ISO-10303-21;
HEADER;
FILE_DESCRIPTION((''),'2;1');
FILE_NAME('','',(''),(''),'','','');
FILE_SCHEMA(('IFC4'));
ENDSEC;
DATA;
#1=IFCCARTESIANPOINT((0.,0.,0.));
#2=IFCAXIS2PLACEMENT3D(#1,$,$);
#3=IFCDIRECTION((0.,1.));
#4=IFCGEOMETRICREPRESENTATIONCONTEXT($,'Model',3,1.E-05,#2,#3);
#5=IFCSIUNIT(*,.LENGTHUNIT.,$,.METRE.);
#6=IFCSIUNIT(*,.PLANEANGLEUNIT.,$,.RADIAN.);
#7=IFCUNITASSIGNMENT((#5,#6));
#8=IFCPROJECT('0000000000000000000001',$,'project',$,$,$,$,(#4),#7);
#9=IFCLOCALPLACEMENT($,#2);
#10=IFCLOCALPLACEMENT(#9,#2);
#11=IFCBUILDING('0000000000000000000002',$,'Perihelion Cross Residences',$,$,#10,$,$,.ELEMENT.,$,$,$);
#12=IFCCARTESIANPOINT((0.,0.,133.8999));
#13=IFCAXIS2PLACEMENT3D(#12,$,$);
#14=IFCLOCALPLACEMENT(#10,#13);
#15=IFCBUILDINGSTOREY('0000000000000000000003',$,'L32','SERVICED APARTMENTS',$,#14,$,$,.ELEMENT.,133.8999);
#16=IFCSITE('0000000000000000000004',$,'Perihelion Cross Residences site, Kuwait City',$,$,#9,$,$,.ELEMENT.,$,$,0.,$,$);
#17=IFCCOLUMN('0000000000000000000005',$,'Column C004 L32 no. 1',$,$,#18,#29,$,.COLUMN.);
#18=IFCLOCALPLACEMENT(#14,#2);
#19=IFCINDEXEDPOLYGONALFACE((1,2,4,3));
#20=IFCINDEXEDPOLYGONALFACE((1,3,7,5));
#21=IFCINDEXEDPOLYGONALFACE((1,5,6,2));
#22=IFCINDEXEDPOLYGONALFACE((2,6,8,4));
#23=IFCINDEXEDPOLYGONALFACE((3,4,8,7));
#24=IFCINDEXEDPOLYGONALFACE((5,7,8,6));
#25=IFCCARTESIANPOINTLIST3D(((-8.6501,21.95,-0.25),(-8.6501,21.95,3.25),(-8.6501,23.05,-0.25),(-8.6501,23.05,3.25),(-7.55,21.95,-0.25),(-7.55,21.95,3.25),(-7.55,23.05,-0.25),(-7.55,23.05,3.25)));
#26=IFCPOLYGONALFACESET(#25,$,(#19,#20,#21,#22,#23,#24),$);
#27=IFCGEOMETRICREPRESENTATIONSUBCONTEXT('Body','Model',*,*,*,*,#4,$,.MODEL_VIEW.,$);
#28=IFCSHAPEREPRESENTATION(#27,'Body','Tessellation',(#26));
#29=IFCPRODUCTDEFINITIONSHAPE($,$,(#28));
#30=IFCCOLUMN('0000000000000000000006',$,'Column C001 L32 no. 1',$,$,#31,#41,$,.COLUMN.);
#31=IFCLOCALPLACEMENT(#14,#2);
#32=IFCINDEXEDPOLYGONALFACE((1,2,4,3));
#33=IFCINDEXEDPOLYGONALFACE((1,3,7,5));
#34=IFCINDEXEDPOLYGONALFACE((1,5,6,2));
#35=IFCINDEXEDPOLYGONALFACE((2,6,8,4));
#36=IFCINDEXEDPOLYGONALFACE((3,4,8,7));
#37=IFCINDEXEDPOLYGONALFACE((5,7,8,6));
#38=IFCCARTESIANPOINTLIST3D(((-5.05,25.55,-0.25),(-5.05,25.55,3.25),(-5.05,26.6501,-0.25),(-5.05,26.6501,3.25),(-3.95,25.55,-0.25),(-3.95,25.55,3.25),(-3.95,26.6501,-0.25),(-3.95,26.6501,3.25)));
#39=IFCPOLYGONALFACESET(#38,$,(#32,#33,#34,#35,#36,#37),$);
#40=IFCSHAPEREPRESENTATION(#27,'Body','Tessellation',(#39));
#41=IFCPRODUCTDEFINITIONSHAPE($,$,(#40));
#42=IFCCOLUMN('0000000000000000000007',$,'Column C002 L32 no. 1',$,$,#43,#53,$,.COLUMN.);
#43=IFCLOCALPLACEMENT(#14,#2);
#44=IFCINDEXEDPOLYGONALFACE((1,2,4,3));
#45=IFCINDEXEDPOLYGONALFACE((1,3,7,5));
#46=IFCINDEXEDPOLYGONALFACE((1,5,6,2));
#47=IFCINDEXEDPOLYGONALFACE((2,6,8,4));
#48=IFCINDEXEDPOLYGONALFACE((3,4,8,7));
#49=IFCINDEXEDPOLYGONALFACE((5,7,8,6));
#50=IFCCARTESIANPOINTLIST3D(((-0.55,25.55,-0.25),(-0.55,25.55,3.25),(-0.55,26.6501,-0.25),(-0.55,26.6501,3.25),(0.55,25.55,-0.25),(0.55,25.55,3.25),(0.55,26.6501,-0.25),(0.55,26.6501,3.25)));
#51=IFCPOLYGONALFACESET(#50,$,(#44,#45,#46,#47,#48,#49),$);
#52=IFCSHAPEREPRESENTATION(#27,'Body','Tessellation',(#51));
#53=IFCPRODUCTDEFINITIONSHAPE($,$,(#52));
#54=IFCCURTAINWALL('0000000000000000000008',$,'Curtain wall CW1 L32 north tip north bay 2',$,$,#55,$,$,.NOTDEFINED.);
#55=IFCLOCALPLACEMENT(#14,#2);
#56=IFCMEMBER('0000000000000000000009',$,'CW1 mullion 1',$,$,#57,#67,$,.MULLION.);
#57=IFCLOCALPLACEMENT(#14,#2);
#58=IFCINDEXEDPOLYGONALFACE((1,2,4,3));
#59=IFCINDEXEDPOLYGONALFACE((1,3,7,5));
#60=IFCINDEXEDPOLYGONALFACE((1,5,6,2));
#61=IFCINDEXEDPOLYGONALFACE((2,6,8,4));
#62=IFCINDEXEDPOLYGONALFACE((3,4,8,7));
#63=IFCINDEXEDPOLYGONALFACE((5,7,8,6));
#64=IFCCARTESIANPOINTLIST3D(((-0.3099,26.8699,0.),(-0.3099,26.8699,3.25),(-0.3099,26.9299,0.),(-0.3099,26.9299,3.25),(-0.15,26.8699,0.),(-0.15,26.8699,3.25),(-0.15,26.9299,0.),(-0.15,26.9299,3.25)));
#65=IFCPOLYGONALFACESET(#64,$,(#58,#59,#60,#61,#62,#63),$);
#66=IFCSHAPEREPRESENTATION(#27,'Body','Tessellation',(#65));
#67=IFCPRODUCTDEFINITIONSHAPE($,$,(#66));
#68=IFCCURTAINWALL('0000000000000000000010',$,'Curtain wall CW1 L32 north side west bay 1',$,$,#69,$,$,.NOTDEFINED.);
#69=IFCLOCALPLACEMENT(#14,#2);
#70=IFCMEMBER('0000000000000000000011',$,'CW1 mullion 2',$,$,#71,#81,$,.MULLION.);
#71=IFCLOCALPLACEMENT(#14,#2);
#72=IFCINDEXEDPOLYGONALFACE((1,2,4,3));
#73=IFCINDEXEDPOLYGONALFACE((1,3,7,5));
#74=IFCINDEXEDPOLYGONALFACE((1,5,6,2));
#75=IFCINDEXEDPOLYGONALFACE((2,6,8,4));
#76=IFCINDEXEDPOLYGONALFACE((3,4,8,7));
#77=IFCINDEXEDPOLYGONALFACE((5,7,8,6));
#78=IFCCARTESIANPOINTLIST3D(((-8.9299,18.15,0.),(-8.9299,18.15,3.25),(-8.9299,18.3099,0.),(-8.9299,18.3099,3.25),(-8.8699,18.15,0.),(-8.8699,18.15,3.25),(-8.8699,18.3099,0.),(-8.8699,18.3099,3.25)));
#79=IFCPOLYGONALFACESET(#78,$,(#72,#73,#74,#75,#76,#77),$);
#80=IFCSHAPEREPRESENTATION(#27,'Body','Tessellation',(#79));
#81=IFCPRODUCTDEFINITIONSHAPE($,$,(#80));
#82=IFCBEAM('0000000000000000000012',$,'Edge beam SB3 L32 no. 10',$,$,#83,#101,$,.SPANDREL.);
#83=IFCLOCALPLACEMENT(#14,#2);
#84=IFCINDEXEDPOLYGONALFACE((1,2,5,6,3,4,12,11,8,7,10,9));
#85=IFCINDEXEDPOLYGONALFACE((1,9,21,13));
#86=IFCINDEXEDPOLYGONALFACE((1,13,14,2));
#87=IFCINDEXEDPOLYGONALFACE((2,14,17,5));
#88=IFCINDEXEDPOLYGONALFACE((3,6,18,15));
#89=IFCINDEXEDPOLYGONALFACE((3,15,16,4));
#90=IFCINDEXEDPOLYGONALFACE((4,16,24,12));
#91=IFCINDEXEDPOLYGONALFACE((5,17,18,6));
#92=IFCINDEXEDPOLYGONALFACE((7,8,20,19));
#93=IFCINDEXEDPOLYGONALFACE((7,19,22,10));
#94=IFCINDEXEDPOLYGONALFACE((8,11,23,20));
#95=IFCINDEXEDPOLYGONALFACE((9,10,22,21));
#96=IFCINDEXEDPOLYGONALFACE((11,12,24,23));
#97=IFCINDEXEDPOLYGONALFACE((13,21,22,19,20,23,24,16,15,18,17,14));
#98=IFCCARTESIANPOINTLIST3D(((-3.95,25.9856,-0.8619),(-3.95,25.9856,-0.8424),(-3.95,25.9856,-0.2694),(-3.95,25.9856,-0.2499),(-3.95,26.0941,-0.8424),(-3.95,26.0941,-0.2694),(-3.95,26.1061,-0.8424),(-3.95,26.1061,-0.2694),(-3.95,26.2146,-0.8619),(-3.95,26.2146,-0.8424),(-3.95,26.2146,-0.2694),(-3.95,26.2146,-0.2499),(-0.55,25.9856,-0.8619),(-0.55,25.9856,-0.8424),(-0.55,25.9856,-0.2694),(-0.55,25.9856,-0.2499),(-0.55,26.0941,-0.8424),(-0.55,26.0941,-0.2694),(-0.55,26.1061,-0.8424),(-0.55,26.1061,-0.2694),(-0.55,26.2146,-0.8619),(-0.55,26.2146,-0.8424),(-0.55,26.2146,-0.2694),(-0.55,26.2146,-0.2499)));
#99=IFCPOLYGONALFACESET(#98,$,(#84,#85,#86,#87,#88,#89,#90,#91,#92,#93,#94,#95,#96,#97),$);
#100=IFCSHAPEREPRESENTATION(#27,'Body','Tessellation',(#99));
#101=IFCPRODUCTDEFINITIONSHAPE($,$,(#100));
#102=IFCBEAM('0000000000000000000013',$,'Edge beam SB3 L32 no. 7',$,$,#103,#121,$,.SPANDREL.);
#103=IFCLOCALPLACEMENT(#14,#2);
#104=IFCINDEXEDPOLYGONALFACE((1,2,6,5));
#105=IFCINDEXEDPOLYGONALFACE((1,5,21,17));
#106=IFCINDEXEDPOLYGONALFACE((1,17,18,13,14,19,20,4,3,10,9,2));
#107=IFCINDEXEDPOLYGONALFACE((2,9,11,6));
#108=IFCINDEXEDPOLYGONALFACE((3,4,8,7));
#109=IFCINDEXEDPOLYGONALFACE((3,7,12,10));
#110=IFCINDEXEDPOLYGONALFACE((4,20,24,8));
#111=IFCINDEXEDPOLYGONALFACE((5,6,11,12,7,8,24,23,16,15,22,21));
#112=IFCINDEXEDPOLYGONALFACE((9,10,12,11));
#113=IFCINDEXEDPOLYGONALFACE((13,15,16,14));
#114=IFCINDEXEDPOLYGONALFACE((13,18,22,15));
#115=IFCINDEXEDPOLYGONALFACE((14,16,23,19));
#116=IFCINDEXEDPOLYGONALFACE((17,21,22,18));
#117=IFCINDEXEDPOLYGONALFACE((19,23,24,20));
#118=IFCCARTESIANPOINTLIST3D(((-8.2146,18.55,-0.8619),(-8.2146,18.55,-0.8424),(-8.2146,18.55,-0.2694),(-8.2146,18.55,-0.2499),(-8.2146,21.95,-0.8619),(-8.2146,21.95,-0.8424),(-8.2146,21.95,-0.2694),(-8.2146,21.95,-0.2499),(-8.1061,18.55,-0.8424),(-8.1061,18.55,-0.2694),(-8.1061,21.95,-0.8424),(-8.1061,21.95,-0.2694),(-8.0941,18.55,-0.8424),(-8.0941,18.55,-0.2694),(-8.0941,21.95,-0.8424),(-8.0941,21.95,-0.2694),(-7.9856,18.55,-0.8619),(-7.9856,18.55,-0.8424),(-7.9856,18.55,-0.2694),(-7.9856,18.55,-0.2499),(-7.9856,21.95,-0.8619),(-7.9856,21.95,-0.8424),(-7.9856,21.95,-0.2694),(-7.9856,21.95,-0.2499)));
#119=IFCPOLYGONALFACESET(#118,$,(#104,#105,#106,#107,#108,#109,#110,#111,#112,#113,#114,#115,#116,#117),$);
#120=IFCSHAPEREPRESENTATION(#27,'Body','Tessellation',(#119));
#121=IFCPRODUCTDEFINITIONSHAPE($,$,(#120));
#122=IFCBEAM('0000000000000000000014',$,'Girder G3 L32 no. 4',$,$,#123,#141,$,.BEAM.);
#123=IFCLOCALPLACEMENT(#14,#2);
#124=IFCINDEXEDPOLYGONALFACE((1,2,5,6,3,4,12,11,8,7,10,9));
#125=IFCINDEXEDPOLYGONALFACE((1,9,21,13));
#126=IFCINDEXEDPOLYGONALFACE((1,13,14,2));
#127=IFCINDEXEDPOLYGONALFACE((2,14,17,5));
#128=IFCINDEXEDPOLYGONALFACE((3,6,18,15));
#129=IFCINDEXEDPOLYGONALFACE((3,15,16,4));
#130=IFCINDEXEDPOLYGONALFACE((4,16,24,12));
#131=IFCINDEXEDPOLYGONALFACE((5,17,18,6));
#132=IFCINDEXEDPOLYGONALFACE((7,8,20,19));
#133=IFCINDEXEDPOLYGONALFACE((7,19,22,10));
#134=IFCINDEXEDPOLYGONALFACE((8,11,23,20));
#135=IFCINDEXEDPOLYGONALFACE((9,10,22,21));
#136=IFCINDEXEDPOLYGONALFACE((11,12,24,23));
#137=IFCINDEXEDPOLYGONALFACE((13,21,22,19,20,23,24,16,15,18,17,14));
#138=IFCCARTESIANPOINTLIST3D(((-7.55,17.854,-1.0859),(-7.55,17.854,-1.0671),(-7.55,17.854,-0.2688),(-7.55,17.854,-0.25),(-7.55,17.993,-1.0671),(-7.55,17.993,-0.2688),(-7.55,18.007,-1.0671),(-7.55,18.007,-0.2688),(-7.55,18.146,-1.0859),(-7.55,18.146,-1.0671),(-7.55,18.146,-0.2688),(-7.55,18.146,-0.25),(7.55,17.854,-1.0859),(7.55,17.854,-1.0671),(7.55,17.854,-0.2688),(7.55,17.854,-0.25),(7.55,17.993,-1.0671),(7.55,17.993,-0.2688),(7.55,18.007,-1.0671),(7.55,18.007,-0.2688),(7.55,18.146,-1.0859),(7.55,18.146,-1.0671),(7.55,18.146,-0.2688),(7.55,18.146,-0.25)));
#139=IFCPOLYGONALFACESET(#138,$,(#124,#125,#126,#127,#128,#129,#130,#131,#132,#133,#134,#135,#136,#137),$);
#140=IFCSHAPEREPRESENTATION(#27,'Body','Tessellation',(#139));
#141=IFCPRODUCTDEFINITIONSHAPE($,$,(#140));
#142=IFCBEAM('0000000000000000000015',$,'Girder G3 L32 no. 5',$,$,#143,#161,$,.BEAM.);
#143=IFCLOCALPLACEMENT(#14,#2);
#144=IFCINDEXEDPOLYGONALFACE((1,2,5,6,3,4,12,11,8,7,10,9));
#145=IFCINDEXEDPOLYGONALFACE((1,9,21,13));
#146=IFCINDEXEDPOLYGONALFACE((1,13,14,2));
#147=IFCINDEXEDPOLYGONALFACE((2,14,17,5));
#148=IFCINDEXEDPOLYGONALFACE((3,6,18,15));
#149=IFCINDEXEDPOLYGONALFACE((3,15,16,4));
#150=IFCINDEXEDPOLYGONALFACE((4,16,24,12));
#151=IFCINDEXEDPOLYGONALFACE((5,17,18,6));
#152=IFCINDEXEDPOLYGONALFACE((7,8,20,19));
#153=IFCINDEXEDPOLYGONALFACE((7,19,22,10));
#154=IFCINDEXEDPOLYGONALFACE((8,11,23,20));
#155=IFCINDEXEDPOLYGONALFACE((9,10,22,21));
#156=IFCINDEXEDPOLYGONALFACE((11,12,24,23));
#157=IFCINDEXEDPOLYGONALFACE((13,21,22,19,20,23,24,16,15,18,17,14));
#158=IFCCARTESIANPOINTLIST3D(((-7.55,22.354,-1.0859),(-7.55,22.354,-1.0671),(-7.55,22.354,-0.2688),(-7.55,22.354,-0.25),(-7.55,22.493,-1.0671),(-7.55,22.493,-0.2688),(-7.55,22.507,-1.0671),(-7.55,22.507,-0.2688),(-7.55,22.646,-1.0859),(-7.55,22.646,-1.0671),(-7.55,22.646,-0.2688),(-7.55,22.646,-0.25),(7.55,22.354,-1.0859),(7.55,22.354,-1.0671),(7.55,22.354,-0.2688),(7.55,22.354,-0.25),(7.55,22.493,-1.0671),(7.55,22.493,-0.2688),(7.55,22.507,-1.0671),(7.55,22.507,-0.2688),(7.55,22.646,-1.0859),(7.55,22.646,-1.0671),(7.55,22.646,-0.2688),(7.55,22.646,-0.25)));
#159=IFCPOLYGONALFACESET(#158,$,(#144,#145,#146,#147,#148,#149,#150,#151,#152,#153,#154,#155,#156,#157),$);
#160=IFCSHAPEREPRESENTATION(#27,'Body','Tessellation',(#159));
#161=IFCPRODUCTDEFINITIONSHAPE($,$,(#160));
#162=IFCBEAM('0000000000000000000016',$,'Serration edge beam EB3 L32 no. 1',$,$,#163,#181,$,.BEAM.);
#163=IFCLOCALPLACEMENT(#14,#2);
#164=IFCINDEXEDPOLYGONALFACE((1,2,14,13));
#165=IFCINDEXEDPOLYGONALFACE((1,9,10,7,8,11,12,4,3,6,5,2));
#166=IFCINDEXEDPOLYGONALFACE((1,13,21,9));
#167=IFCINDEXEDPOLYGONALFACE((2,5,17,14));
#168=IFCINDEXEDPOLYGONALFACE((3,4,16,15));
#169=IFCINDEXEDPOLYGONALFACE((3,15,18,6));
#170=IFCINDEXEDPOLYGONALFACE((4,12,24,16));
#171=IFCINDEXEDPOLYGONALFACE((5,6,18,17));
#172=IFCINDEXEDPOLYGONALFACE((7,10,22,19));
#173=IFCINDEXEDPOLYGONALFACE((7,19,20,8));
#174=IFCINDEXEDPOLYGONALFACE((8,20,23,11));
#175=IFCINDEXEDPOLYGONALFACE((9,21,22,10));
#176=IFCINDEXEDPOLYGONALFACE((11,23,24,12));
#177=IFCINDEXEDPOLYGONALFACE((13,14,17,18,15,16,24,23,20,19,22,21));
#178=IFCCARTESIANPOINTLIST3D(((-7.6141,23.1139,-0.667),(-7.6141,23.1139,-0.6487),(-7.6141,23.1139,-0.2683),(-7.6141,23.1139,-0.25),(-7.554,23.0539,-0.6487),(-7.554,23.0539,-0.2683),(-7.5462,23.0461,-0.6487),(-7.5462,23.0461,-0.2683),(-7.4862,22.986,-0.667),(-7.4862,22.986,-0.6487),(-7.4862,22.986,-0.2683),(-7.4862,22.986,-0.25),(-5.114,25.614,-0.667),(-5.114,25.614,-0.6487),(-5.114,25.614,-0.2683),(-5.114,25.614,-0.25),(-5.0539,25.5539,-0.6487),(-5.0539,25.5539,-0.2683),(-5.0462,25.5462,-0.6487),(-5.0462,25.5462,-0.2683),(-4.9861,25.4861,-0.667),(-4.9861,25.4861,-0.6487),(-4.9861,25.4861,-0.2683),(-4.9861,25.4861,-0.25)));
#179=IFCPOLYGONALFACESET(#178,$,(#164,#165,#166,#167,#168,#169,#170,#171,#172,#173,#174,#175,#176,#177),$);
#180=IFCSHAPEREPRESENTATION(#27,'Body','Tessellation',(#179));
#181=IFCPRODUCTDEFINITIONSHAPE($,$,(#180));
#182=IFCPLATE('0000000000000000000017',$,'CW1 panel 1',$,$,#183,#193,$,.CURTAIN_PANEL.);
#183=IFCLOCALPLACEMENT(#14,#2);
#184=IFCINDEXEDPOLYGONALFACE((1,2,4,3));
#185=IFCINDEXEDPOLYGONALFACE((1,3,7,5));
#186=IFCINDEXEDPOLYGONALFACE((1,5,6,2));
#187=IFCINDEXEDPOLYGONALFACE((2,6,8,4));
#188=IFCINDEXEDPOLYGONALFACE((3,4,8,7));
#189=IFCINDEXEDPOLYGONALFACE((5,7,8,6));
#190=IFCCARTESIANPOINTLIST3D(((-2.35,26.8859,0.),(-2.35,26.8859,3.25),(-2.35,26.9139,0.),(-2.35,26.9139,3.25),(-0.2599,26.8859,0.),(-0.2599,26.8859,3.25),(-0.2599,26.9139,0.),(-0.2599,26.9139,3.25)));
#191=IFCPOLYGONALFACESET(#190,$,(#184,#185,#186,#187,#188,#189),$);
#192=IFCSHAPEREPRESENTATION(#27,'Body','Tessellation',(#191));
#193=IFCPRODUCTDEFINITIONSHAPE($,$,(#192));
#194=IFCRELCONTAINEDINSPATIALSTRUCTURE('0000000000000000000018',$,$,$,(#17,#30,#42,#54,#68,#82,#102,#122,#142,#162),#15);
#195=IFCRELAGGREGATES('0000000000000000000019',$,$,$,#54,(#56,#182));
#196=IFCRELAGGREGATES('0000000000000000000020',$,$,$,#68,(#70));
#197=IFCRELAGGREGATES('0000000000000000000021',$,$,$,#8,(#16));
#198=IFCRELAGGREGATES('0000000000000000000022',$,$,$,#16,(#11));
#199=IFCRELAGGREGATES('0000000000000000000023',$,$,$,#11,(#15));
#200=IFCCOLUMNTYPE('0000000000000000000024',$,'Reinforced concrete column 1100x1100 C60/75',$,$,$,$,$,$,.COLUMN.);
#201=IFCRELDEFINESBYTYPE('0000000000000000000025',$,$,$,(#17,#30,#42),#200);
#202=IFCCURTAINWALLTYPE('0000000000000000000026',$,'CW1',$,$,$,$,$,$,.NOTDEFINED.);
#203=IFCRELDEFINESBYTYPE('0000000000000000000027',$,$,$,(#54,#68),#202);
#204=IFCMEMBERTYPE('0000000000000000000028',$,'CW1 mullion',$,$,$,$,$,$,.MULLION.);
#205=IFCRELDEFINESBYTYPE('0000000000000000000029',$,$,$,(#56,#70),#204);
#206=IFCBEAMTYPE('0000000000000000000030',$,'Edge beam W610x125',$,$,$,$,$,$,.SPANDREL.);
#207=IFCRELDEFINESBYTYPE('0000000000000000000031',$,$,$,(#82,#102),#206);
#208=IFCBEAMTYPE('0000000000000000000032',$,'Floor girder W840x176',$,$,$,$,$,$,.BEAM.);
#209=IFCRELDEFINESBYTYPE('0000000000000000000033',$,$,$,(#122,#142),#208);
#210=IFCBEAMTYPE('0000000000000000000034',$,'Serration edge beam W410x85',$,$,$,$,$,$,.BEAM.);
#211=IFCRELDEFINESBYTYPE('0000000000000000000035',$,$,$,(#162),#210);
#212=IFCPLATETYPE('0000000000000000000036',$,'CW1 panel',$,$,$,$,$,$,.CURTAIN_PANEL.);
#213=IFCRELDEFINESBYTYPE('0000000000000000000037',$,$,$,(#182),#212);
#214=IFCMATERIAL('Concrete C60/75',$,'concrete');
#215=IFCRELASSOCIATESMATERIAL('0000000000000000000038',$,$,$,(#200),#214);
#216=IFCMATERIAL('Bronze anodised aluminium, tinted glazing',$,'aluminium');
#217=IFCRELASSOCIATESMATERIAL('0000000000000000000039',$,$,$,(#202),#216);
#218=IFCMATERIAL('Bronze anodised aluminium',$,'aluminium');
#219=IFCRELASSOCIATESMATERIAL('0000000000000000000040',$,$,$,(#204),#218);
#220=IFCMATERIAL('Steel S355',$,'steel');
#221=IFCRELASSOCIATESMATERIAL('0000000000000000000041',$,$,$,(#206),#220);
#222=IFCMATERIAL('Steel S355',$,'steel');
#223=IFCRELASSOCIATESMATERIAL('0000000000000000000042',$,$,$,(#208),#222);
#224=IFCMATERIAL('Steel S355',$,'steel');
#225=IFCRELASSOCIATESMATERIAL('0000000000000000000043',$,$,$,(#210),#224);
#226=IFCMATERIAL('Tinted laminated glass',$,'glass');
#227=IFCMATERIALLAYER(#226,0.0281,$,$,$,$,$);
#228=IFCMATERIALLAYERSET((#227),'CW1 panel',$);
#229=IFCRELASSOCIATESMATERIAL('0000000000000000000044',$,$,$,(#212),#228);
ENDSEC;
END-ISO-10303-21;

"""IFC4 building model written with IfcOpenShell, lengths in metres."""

from ifc_helpers import new_model, si_unit, direction, frame, origin, origin_2d, place, context, subcontext, project, spatial, rectangle, i_section, extrude, material, layer, layer_set, material_profile, profile_set, type_object, element, aggregate, save


model = new_model("IFC4")

# Units and contexts
model_context = context("Model", 3, precision=1e-05, world=origin(), true_north=direction((0.0, 1.0)))
body_context = subcontext(model_context, "Body", "Model", "MODEL_VIEW")
ifc_project = project(units=[si_unit("LENGTHUNIT", "METRE"), si_unit("PLANEANGLEUNIT", "RADIAN")], contexts=[model_context])

# Site, building, storey
site_placement = place(None, origin())
site = spatial("IfcSite", under=ifc_project, at=site_placement, Name="Perihelion Cross Residences site, Kuwait City", CompositionType="ELEMENT", RefElevation=0.0)
building_placement = place(site_placement, origin())
building = spatial("IfcBuilding", under=site, at=building_placement, Name="Perihelion Cross Residences", CompositionType="ELEMENT")
storey_placement = place(building_placement, frame((0.0, 0.0, 133.8999)))
storey = spatial("IfcBuildingStorey", under=building, at=storey_placement, Name="L32", Description="SERVICED APARTMENTS", CompositionType="ELEMENT", Elevation=133.8999)

# Columns
ifc_material_1 = material(Name="Concrete C60/75", Category="concrete")
ifc_material_profile_1 = material_profile(ifc_material_1, rectangle(XDim=1.1001, YDim=1.1001, at=origin_2d()), Name="RC 1100x1100")
ifc_profile_set_1 = profile_set([ifc_material_profile_1], Name="Concrete C60/75")
column_type = type_object("IfcColumnType", Name="Reinforced concrete column 1100x1100 C60/75", PredefinedType="COLUMN", material=ifc_profile_set_1)
for number, where, z_axis, x_axis, name in (
    (1, (-8.1001, 22.5, -0.25), (0.0, 0.0, 1.0), (1.0, 0.0, 0.0), "Column C004 L32 no. 1"),
    (2, (-4.5, 26.1001, -0.25), (0.0, 0.0, 1.0), (1.0, 0.0, 0.0), "Column C001 L32 no. 1"),
    (3, (0.0, 26.1001, -0.25), (0.0, 0.0, 1.0), (1.0, 0.0, 0.0), "Column C002 L32 no. 1"),
):
    element("IfcColumn", number, at=place(storey_placement, frame(where, z_axis=z_axis, x_axis=x_axis)), inside=storey, type_object=column_type, Name=name, PredefinedType="COLUMN", context=body_context, shape_type="SweptSolid", body=[
        extrude(rectangle(XDim=1.1001, YDim=1.1001, at=origin_2d()), origin(), (0.0, 0.0, 1.0), 3.5),
    ])

# Curtain walls, members
ifc_material_2 = material(Name="Bronze anodised aluminium, tinted glazing", Category="aluminium")
curtain_wall_type = type_object("IfcCurtainWallType", Name="CW1", PredefinedType="NOTDEFINED", material=ifc_material_2)
curtain_wall_1_placement = place(storey_placement, origin())
curtain_wall_1 = element("IfcCurtainWall", 4, at=curtain_wall_1_placement, inside=storey, type_object=curtain_wall_type, Name="Curtain wall CW1 L32 north tip north bay 2", PredefinedType="NOTDEFINED")
ifc_material_3 = material(Name="Bronze anodised aluminium", Category="aluminium")
ifc_material_profile_2 = material_profile(ifc_material_3, rectangle(XDim=0.0601, YDim=0.1599, at=origin_2d()), Name="CW1 mullion")
ifc_profile_set_2 = profile_set([ifc_material_profile_2], Name="Bronze anodised aluminium")
member_type = type_object("IfcMemberType", Name="CW1 mullion", PredefinedType="MULLION", material=ifc_profile_set_2)
member_1_placement = place(storey_placement, frame((-0.23, 26.8999, 0.0), z_axis=(0.0, 0.0, 1.0), x_axis=(0.0, -1.0, 0.0)))
member_1 = element("IfcMember", 5, at=member_1_placement, type_object=member_type, Name="CW1 mullion 1", PredefinedType="MULLION", context=body_context, shape_type="SweptSolid", body=[
    extrude(rectangle(XDim=0.0601, YDim=0.1599, at=origin_2d()), origin(), (0.0, 0.0, 1.0), 3.25),
])
curtain_wall_2_placement = place(storey_placement, origin())
curtain_wall_2 = element("IfcCurtainWall", 6, at=curtain_wall_2_placement, inside=storey, type_object=curtain_wall_type, Name="Curtain wall CW1 L32 north side west bay 1", PredefinedType="NOTDEFINED")
member_2_placement = place(storey_placement, frame((-8.8999, 18.23, 0.0), z_axis=(0.0, 0.0, 1.0), x_axis=(1.0, 0.0, 0.0)))
member_2 = element("IfcMember", 7, at=member_2_placement, type_object=member_type, Name="CW1 mullion 2", PredefinedType="MULLION", context=body_context, shape_type="SweptSolid", body=[
    extrude(rectangle(XDim=0.0601, YDim=0.1599, at=origin_2d()), origin(), (0.0, 0.0, 1.0), 3.25),
])

# Beams
ifc_material_4 = material(Name="Steel S355", Category="steel")
ifc_material_profile_3 = material_profile(ifc_material_4, i_section(OverallWidth=0.229, OverallDepth=0.6121, WebThickness=0.012, FlangeThickness=0.0195, at=origin_2d()), Name="W610x125")
ifc_profile_set_3 = profile_set([ifc_material_profile_3], Name="Steel S355")
beam_type_1 = type_object("IfcBeamType", Name="Edge beam W610x125", PredefinedType="SPANDREL", material=ifc_profile_set_3)
for number, where, z_axis, x_axis, name in (
    (8, (-0.55, 26.1001, -0.5559), (-1.0, 0.0, 0.0), (0.0, -1.0, 0.0), "Edge beam SB3 L32 no. 10"),
    (9, (-8.1001, 21.95, -0.5559), (0.0, -1.0, 0.0), (1.0, 0.0, 0.0), "Edge beam SB3 L32 no. 7"),
):
    element("IfcBeam", number, at=place(storey_placement, frame(where, z_axis=z_axis, x_axis=x_axis)), inside=storey, type_object=beam_type_1, Name=name, PredefinedType="SPANDREL", context=body_context, shape_type="SweptSolid", body=[
        extrude(i_section(OverallWidth=0.229, OverallDepth=0.6121, WebThickness=0.012, FlangeThickness=0.0195, at=origin_2d()), origin(), (0.0, 0.0, 1.0), 3.3999),
    ])
ifc_material_5 = material(Name="Steel S355", Category="steel")
ifc_material_profile_4 = material_profile(ifc_material_5, i_section(OverallWidth=0.292, OverallDepth=0.8359, WebThickness=0.0139, FlangeThickness=0.0188, at=origin_2d()), Name="W840x176")
ifc_profile_set_4 = profile_set([ifc_material_profile_4], Name="Steel S355")
beam_type_2 = type_object("IfcBeamType", Name="Floor girder W840x176", PredefinedType="BEAM", material=ifc_profile_set_4)
for number, where, z_axis, x_axis, name in (
    (10, (-7.55, 18.0, -0.668), (1.0, 0.0, 0.0), (0.0, 1.0, 0.0), "Girder G3 L32 no. 4"),
    (11, (-7.55, 22.5, -0.668), (1.0, 0.0, 0.0), (0.0, 1.0, 0.0), "Girder G3 L32 no. 5"),
):
    element("IfcBeam", number, at=place(storey_placement, frame(where, z_axis=z_axis, x_axis=x_axis)), inside=storey, type_object=beam_type_2, Name=name, PredefinedType="BEAM", context=body_context, shape_type="SweptSolid", body=[
        extrude(i_section(OverallWidth=0.292, OverallDepth=0.8359, WebThickness=0.0139, FlangeThickness=0.0188, at=origin_2d()), origin(), (0.0, 0.0, 1.0), 15.1001),
    ])
ifc_material_6 = material(Name="Steel S355", Category="steel")
ifc_material_profile_5 = material_profile(ifc_material_6, i_section(OverallWidth=0.1809, OverallDepth=0.417, WebThickness=0.011, FlangeThickness=0.0183, at=origin_2d()), Name="W410x85")
ifc_profile_set_5 = profile_set([ifc_material_profile_5], Name="Steel S355")
beam_type_3 = type_object("IfcBeamType", Name="Serration edge beam W410x85", PredefinedType="BEAM", material=ifc_profile_set_5)
beam_placement = place(storey_placement, frame((-5.05, 25.55, -0.4585), z_axis=(-0.707107, -0.707107, 0.0), x_axis=(0.707107, -0.707107, 0.0)))
element("IfcBeam", 12, at=beam_placement, inside=storey, type_object=beam_type_3, Name="Serration edge beam EB3 L32 no. 1", PredefinedType="BEAM", context=body_context, shape_type="SweptSolid", body=[
    extrude(i_section(OverallWidth=0.1809, OverallDepth=0.417, WebThickness=0.011, FlangeThickness=0.0183, at=origin_2d()), origin(), (0.0, 0.0, 1.0), 3.5356),
])

# Plate
ifc_material_7 = material(Name="Tinted laminated glass", Category="glass")
ifc_layer_1 = layer(ifc_material_7, 0.0281)
ifc_layer_set_1 = layer_set([ifc_layer_1], Name="CW1 panel")
plate_type = type_object("IfcPlateType", Name="CW1 panel", PredefinedType="CURTAIN_PANEL", material=ifc_layer_set_1)
plate_1_placement = place(storey_placement, frame((-1.3049, 26.8999, 0.0), z_axis=(0.0, 0.0, 1.0), x_axis=(-1.0, 0.0, 0.0)))
plate_1 = element("IfcPlate", 13, at=plate_1_placement, type_object=plate_type, Name="CW1 panel 1", PredefinedType="CURTAIN_PANEL", context=body_context, shape_type="SweptSolid", body=[
    extrude(rectangle(XDim=2.0901, YDim=0.0281, at=origin_2d()), origin(), (0.0, 0.0, 1.0), 3.25),
])
aggregate(curtain_wall_1, [member_1, plate_1])
aggregate(curtain_wall_2, [member_2])

save(model, "model.ifc")
